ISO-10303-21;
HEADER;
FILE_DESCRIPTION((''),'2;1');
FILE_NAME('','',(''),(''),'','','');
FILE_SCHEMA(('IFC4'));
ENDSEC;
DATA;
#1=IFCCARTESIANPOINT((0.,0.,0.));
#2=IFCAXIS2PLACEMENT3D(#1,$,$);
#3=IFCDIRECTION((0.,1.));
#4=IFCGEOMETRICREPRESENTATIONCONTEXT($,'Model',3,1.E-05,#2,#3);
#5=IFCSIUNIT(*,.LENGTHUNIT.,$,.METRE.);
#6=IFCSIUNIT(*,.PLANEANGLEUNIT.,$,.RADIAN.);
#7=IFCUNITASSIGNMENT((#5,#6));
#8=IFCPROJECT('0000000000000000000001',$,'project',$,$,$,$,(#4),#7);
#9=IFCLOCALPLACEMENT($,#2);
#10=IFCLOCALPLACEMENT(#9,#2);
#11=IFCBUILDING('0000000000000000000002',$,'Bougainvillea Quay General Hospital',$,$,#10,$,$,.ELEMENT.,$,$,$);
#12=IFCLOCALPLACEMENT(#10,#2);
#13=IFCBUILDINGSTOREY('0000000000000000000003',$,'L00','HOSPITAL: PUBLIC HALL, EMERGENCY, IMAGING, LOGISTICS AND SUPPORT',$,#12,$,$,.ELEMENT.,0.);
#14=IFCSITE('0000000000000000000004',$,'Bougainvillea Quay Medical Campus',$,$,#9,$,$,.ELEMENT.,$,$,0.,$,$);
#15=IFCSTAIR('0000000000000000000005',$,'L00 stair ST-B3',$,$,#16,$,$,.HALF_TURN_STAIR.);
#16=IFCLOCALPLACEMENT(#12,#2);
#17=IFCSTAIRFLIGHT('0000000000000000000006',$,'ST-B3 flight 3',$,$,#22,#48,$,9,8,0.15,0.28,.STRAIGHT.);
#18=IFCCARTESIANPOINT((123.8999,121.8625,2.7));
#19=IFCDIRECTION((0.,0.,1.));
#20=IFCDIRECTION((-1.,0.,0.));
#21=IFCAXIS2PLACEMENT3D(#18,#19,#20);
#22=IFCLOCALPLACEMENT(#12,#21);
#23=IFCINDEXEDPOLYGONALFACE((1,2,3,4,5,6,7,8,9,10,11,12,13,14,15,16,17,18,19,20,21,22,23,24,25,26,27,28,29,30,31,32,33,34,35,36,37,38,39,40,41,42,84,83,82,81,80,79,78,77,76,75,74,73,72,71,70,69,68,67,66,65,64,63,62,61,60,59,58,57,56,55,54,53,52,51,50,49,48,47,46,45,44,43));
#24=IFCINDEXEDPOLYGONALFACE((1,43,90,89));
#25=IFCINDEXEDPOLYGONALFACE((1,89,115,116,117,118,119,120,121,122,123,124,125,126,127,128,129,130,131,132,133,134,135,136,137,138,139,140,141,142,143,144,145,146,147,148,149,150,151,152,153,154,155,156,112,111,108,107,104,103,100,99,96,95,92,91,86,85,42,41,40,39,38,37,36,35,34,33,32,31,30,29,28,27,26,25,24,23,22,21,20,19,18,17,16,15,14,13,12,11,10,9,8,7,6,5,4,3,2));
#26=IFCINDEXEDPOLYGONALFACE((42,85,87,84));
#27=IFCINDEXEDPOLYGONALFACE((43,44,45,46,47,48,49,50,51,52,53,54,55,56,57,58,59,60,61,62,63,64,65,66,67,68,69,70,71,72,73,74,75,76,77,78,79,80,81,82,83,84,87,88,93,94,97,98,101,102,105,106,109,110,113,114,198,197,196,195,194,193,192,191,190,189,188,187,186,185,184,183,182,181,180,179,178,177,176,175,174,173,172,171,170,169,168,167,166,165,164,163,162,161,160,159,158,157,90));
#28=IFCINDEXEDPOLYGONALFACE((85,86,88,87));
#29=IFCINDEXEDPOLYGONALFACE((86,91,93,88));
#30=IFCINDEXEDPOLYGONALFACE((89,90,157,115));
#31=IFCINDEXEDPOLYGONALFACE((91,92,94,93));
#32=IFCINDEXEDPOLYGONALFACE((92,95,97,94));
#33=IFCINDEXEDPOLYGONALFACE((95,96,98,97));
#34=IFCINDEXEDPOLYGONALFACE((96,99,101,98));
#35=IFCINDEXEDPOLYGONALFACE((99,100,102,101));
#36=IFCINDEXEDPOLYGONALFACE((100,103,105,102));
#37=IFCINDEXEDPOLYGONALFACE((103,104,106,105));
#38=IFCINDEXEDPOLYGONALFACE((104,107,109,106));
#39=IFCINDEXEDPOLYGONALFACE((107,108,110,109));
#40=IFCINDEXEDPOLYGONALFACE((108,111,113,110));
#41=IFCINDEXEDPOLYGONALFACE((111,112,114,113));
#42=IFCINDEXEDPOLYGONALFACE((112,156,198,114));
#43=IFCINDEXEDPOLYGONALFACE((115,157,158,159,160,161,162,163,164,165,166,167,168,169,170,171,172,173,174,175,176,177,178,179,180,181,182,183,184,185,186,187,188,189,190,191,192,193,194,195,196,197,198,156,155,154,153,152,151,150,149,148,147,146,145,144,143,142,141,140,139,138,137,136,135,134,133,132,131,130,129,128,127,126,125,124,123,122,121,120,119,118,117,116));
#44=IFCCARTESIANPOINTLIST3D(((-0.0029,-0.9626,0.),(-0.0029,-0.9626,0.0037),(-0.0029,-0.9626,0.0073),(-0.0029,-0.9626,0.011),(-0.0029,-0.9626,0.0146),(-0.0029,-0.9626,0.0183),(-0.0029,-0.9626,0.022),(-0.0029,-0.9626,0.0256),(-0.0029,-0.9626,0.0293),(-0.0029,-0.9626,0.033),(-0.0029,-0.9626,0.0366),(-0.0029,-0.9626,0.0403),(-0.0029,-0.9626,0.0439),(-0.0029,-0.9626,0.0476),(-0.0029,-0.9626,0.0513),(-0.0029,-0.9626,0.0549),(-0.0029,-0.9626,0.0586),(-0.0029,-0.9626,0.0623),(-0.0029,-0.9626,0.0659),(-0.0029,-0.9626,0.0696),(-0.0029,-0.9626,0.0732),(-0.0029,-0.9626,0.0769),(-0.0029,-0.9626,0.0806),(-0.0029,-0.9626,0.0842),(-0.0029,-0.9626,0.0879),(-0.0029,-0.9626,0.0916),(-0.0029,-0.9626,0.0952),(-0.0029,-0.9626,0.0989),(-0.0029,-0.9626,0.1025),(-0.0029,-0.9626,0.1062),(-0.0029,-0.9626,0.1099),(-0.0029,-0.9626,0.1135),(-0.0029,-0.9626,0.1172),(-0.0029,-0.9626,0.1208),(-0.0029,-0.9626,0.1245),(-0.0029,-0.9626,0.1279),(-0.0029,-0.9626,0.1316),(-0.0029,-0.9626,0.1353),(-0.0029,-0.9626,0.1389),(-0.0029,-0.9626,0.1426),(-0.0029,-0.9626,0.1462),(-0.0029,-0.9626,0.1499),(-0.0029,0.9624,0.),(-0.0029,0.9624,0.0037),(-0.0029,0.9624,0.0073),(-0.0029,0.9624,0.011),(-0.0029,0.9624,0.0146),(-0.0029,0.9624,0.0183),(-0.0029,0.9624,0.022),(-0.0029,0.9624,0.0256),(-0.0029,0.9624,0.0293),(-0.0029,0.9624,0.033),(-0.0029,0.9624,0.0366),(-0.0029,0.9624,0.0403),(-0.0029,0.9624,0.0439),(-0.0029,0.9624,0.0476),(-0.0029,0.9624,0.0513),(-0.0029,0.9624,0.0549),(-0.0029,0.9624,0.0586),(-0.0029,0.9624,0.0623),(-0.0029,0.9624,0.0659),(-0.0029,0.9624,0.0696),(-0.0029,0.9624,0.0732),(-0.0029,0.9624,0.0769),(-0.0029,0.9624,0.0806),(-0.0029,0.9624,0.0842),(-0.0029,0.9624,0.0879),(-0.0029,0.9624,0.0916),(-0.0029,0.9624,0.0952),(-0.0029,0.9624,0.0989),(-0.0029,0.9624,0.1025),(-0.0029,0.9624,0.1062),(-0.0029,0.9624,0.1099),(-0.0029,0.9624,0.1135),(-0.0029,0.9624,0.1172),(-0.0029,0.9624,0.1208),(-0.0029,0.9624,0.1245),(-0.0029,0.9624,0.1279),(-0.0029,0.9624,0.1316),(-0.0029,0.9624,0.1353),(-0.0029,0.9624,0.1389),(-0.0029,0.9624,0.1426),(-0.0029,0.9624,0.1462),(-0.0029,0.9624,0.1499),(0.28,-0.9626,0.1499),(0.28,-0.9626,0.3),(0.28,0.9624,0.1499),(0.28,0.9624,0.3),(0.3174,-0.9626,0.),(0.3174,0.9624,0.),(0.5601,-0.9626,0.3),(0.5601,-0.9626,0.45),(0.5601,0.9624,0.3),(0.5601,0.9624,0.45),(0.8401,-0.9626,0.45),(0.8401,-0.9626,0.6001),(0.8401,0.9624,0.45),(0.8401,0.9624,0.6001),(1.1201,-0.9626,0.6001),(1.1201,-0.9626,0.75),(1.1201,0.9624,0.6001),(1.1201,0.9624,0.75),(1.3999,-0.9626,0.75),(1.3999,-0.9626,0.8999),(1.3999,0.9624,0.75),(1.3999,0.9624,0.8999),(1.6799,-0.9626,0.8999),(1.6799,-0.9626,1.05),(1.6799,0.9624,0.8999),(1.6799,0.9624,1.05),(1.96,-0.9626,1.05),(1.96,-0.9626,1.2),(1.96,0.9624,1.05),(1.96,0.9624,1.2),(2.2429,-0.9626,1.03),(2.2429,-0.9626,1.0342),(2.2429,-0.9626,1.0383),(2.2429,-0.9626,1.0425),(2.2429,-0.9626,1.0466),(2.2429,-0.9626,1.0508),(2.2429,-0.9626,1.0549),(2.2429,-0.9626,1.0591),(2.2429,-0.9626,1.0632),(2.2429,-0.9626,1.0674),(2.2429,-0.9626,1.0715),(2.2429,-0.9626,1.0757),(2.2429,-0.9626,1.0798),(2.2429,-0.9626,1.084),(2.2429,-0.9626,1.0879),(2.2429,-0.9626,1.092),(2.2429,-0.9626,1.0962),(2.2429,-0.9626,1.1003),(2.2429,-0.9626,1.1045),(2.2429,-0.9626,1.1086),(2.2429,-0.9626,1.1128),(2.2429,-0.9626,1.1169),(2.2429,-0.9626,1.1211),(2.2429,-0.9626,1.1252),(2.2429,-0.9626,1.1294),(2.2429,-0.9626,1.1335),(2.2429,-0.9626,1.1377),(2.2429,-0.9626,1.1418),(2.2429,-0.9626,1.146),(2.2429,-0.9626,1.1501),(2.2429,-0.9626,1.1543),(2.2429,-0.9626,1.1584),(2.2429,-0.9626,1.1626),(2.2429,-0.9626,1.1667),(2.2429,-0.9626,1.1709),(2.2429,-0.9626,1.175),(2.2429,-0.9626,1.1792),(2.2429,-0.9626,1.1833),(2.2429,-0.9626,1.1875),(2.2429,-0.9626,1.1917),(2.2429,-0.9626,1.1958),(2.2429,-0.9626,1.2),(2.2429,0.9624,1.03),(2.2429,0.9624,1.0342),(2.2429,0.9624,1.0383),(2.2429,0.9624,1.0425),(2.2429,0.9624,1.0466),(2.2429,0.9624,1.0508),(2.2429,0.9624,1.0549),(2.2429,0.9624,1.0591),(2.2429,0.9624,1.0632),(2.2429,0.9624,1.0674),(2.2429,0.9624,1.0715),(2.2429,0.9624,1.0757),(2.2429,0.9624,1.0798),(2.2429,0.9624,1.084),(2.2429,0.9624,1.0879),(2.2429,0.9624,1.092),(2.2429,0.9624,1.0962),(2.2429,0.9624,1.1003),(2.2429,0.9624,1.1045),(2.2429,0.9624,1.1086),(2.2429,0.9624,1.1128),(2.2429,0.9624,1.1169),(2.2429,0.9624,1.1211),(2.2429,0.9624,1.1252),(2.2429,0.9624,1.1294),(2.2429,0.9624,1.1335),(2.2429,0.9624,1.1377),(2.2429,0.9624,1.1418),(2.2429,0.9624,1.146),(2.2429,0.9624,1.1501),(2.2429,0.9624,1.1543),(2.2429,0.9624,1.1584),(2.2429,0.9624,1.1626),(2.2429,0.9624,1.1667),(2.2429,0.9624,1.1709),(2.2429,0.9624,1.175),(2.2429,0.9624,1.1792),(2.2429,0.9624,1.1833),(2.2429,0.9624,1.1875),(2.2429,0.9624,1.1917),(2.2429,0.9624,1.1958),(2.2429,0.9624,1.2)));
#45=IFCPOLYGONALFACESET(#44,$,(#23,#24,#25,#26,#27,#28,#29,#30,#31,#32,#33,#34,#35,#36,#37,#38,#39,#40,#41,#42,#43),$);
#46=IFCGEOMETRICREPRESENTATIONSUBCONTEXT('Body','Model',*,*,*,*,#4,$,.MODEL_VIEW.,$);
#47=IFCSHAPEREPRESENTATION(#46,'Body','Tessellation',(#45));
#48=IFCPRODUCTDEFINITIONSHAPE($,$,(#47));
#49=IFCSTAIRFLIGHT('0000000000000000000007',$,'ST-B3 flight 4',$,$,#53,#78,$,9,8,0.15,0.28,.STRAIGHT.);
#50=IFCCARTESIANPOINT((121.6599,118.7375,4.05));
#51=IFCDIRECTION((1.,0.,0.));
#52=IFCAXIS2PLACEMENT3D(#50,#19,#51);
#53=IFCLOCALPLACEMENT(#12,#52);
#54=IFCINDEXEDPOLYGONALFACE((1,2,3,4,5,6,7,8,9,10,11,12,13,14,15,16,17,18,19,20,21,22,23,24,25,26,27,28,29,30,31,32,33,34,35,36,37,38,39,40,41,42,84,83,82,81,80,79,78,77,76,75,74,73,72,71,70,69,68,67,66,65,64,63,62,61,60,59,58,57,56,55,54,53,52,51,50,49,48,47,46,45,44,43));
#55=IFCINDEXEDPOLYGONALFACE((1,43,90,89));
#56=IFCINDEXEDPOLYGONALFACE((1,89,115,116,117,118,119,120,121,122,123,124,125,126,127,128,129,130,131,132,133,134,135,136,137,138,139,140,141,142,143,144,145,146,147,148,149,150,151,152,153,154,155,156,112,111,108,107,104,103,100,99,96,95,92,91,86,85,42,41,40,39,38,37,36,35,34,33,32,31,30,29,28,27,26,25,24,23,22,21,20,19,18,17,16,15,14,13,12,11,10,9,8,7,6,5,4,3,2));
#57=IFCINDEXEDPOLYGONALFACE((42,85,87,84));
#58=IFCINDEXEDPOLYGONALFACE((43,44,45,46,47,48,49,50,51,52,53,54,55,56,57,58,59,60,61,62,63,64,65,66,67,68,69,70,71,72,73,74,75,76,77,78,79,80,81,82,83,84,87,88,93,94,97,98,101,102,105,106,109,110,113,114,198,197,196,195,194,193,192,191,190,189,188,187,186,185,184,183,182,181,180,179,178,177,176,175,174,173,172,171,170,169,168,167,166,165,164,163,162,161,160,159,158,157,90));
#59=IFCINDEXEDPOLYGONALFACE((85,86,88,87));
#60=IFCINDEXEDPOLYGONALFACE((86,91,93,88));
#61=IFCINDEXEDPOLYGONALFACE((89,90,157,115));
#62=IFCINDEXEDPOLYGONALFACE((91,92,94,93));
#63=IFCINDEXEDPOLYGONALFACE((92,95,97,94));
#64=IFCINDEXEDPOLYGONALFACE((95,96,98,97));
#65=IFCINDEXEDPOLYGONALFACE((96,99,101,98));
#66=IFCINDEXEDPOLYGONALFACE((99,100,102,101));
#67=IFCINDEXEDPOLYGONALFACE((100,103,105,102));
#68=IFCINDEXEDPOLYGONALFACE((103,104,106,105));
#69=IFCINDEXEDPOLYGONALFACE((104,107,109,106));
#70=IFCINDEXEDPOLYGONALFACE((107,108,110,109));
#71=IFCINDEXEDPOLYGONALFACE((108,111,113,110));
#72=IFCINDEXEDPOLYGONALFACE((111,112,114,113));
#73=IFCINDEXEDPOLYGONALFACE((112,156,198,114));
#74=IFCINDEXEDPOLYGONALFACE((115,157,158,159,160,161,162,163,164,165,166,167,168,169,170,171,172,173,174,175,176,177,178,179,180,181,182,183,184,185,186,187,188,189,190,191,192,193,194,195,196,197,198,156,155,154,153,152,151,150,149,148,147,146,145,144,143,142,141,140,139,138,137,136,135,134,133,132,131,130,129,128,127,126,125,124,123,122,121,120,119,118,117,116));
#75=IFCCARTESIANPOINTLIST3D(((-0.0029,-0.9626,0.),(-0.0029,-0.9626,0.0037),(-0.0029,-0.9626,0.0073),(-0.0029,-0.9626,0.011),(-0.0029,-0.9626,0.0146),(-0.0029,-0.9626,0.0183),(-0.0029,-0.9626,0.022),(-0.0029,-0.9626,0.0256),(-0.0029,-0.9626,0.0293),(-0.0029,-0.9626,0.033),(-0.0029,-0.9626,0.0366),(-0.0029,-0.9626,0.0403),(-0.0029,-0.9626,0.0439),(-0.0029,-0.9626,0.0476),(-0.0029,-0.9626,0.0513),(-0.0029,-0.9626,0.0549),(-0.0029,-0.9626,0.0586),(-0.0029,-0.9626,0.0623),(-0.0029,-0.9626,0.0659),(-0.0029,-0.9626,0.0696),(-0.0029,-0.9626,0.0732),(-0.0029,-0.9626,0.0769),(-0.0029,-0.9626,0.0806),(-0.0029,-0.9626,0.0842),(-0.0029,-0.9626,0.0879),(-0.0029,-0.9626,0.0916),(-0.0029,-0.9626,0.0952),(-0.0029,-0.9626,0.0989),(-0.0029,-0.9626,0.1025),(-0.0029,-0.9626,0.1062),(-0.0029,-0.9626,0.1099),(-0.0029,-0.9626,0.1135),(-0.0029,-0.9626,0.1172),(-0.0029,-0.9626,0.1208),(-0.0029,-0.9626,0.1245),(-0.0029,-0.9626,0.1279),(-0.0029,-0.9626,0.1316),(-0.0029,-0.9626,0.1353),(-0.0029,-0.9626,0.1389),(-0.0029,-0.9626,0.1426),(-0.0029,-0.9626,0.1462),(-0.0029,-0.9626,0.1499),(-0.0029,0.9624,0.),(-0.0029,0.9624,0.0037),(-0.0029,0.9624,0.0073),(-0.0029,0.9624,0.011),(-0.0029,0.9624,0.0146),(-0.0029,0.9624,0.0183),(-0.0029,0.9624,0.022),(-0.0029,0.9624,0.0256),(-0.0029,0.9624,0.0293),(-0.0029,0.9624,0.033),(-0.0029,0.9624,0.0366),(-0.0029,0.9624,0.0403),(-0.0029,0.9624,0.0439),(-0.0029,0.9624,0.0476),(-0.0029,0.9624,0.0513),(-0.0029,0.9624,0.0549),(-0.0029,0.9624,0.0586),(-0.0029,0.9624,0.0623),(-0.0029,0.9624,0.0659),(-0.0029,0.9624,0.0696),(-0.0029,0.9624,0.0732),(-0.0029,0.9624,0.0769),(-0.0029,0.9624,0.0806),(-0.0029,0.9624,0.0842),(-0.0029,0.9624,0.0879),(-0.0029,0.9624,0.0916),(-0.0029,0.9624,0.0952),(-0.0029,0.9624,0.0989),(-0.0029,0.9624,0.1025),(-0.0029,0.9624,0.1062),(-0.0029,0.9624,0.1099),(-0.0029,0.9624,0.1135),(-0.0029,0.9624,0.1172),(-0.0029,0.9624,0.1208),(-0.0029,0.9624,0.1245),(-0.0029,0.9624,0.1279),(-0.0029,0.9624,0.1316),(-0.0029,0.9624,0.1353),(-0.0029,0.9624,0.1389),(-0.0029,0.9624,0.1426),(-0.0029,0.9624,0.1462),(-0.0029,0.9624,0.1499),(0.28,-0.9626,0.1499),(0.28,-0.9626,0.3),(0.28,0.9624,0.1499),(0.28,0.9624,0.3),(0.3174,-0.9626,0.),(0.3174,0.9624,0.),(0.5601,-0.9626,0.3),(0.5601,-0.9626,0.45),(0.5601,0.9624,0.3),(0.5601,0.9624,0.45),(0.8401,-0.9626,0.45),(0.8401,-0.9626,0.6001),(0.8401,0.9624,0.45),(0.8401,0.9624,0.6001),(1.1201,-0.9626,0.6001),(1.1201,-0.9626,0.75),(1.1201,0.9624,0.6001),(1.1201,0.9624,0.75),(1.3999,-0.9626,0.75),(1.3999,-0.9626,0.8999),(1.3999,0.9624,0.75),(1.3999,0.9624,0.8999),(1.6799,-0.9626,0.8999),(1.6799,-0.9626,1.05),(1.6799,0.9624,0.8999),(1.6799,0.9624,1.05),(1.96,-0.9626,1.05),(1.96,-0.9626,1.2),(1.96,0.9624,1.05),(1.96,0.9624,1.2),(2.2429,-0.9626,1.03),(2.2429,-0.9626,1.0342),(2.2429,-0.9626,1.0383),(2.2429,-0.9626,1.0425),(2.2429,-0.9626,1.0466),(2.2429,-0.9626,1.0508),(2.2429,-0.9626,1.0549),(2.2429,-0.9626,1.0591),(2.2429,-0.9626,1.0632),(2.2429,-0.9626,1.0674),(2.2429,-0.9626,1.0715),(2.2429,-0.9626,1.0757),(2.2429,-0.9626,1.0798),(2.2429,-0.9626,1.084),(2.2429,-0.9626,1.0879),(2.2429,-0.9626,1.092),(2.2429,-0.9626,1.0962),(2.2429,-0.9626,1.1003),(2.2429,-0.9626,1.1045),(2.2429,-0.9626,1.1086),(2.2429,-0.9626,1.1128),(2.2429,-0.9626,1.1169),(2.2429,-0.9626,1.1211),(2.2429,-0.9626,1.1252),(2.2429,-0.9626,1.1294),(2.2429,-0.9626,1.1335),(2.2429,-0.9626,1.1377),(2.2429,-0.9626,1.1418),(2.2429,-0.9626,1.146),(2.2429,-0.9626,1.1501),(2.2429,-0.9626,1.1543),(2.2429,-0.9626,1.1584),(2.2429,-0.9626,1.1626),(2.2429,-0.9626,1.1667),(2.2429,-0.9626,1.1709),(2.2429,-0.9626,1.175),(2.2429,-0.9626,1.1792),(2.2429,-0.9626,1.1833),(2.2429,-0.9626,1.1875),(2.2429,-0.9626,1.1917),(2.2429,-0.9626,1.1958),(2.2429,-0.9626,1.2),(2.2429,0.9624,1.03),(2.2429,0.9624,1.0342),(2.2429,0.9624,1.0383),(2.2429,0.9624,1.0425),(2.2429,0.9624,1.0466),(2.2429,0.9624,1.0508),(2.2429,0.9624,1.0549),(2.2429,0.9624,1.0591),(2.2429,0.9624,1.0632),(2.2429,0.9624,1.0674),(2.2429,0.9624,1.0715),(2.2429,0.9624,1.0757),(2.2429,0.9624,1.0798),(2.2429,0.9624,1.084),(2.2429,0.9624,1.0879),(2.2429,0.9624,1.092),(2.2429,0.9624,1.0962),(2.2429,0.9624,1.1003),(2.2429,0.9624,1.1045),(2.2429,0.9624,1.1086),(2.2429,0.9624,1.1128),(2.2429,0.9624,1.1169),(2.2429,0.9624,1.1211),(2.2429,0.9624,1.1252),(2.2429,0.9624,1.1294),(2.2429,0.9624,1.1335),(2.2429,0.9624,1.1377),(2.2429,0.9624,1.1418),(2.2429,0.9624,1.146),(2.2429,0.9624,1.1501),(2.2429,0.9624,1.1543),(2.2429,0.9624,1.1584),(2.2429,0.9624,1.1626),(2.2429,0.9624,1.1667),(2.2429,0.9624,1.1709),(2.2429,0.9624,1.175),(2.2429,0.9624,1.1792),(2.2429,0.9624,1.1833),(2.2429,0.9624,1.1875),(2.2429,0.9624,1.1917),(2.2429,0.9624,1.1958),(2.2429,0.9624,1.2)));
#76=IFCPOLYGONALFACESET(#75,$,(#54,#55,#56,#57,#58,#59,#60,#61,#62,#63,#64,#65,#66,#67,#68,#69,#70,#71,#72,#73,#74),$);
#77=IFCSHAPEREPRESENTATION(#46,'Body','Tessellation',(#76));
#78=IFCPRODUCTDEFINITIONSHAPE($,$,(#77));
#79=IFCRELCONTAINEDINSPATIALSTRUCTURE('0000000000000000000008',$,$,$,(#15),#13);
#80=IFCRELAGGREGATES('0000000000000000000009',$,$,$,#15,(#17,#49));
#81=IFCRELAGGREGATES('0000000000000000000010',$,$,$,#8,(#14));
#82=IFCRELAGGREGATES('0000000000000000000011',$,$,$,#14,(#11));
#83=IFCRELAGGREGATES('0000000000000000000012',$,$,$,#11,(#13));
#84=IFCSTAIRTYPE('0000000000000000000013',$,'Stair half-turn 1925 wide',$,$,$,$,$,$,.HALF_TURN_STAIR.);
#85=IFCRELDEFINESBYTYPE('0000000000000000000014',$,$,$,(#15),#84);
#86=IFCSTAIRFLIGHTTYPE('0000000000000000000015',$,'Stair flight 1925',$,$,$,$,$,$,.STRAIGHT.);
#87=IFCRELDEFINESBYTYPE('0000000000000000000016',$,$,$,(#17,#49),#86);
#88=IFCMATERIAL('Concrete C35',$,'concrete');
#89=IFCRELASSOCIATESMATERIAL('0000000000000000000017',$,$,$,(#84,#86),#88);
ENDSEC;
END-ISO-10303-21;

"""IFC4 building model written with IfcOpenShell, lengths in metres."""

from ifc_helpers import new_model, si_unit, direction, frame, origin, place, context, subcontext, project, spatial, polyline, outline, extrude, material, type_object, element, aggregate, save


model = new_model("IFC4")

# Units and contexts
model_context = context("Model", 3, precision=1e-05, world=origin(), true_north=direction((0.0, 1.0)))
body_context = subcontext(model_context, "Body", "Model", "MODEL_VIEW")
ifc_project = project(units=[si_unit("LENGTHUNIT", "METRE"), si_unit("PLANEANGLEUNIT", "RADIAN")], contexts=[model_context])

# Site, building, storey
site_placement = place(None, origin())
site = spatial("IfcSite", under=ifc_project, at=site_placement, Name="Bougainvillea Quay Medical Campus", CompositionType="ELEMENT", RefElevation=0.0)
building_placement = place(site_placement, origin())
building = spatial("IfcBuilding", under=site, at=building_placement, Name="Bougainvillea Quay General Hospital", CompositionType="ELEMENT")
storey_placement = place(building_placement, origin())
storey = spatial("IfcBuildingStorey", under=building, at=storey_placement, Name="L00", Description="HOSPITAL: PUBLIC HALL, EMERGENCY, IMAGING, LOGISTICS AND SUPPORT", CompositionType="ELEMENT", Elevation=0.0)

# Stair, stair flights
ifc_material_1 = material(Name="Concrete C35", Category="concrete")
stair_type = type_object("IfcStairType", Name="Stair half-turn 1925 wide", PredefinedType="HALF_TURN_STAIR", material=ifc_material_1)
stair_placement = place(storey_placement, origin())
stair = element("IfcStair", 1, at=stair_placement, inside=storey, type_object=stair_type, Name="L00 stair ST-B3", PredefinedType="HALF_TURN_STAIR")
stair_flight_type = type_object("IfcStairFlightType", Name="Stair flight 1925", PredefinedType="STRAIGHT", material=ifc_material_1)
stair_flight_1_placement = place(storey_placement, frame((123.8999, 121.8625, 2.7), z_axis=(0.0, 0.0, 1.0), x_axis=(-1.0, 0.0, 0.0)))
stair_flight_1 = element("IfcStairFlight", 2, at=stair_flight_1_placement, type_object=stair_flight_type, Name="ST-B3 flight 3", NumberOfRisers=9, NumberOfTreads=8, PredefinedType="STRAIGHT", RiserHeight=0.15, TreadLength=0.28, context=body_context, shape_type="SweptSolid", body=[
    extrude(outline(polyline([(-0.0029, 0.0), (-0.0029, 0.0037), (-0.0029, 0.0073), (-0.0029, 0.011), (-0.0029, 0.0146), (-0.0029, 0.0183), (-0.0029, 0.022), (-0.0029, 0.0256), (-0.0029, 0.0293), (-0.0029, 0.033), (-0.0029, 0.0366), (-0.0029, 0.0403), (-0.0029, 0.0439), (-0.0029, 0.0476), (-0.0029, 0.0513), (-0.0029, 0.0549), (-0.0029, 0.0586), (-0.0029, 0.0623), (-0.0029, 0.0659), (-0.0029, 0.0696), (-0.0029, 0.0732), (-0.0029, 0.0769), (-0.0029, 0.0806), (-0.0029, 0.0842), (-0.0029, 0.0879), (-0.0029, 0.0916), (-0.0029, 0.0952), (-0.0029, 0.0989), (-0.0029, 0.1025), (-0.0029, 0.1062), (-0.0029, 0.1099), (-0.0029, 0.1135), (-0.0029, 0.1172), (-0.0029, 0.1208), (-0.0029, 0.1245), (-0.0029, 0.1279), (-0.0029, 0.1316), (-0.0029, 0.1353), (-0.0029, 0.1389), (-0.0029, 0.1426), (-0.0029, 0.1462), (-0.0029, 0.1499), (0.28, 0.1499), (0.28, 0.3), (0.5601, 0.3), (0.5601, 0.45), (0.8401, 0.45), (0.8401, 0.6001), (1.1201, 0.6001), (1.1201, 0.75), (1.3999, 0.75), (1.3999, 0.8999), (1.6799, 0.8999), (1.6799, 1.05), (1.96, 1.05), (1.96, 1.2), (2.2429, 1.2), (2.2429, 1.1958), (2.2429, 1.1917), (2.2429, 1.1875), (2.2429, 1.1833), (2.2429, 1.1792), (2.2429, 1.175), (2.2429, 1.1709), (2.2429, 1.1667), (2.2429, 1.1626), (2.2429, 1.1584), (2.2429, 1.1543), (2.2429, 1.1501), (2.2429, 1.146), (2.2429, 1.1418), (2.2429, 1.1377), (2.2429, 1.1335), (2.2429, 1.1294), (2.2429, 1.1252), (2.2429, 1.1211), (2.2429, 1.1169), (2.2429, 1.1128), (2.2429, 1.1086), (2.2429, 1.1045), (2.2429, 1.1003), (2.2429, 1.0962), (2.2429, 1.092), (2.2429, 1.0879), (2.2429, 1.084), (2.2429, 1.0798), (2.2429, 1.0757), (2.2429, 1.0715), (2.2429, 1.0674), (2.2429, 1.0632), (2.2429, 1.0591), (2.2429, 1.0549), (2.2429, 1.0508), (2.2429, 1.0466), (2.2429, 1.0425), (2.2429, 1.0383), (2.2429, 1.0342), (2.2429, 1.03), (0.3174, 0.0), (-0.0029, 0.0)])), frame((0.0, 0.9624, 0.0), z_axis=(0.0, -1.0, 0.0), x_axis=(1.0, 0.0, 0.0)), (0.0, 0.0, 1.0), 1.925),
])
stair_flight_2_placement = place(storey_placement, frame((121.6599, 118.7375, 4.05), z_axis=(0.0, 0.0, 1.0), x_axis=(1.0, 0.0, 0.0)))
stair_flight_2 = element("IfcStairFlight", 3, at=stair_flight_2_placement, type_object=stair_flight_type, Name="ST-B3 flight 4", NumberOfRisers=9, NumberOfTreads=8, PredefinedType="STRAIGHT", RiserHeight=0.15, TreadLength=0.28, context=body_context, shape_type="SweptSolid", body=[
    extrude(outline(polyline([(-0.0029, 0.0), (-0.0029, 0.0037), (-0.0029, 0.0073), (-0.0029, 0.011), (-0.0029, 0.0146), (-0.0029, 0.0183), (-0.0029, 0.022), (-0.0029, 0.0256), (-0.0029, 0.0293), (-0.0029, 0.033), (-0.0029, 0.0366), (-0.0029, 0.0403), (-0.0029, 0.0439), (-0.0029, 0.0476), (-0.0029, 0.0513), (-0.0029, 0.0549), (-0.0029, 0.0586), (-0.0029, 0.0623), (-0.0029, 0.0659), (-0.0029, 0.0696), (-0.0029, 0.0732), (-0.0029, 0.0769), (-0.0029, 0.0806), (-0.0029, 0.0842), (-0.0029, 0.0879), (-0.0029, 0.0916), (-0.0029, 0.0952), (-0.0029, 0.0989), (-0.0029, 0.1025), (-0.0029, 0.1062), (-0.0029, 0.1099), (-0.0029, 0.1135), (-0.0029, 0.1172), (-0.0029, 0.1208), (-0.0029, 0.1245), (-0.0029, 0.1279), (-0.0029, 0.1316), (-0.0029, 0.1353), (-0.0029, 0.1389), (-0.0029, 0.1426), (-0.0029, 0.1462), (-0.0029, 0.1499), (0.28, 0.1499), (0.28, 0.3), (0.5601, 0.3), (0.5601, 0.45), (0.8401, 0.45), (0.8401, 0.6001), (1.1201, 0.6001), (1.1201, 0.75), (1.3999, 0.75), (1.3999, 0.8999), (1.6799, 0.8999), (1.6799, 1.05), (1.96, 1.05), (1.96, 1.2), (2.2429, 1.2), (2.2429, 1.1958), (2.2429, 1.1917), (2.2429, 1.1875), (2.2429, 1.1833), (2.2429, 1.1792), (2.2429, 1.175), (2.2429, 1.1709), (2.2429, 1.1667), (2.2429, 1.1626), (2.2429, 1.1584), (2.2429, 1.1543), (2.2429, 1.1501), (2.2429, 1.146), (2.2429, 1.1418), (2.2429, 1.1377), (2.2429, 1.1335), (2.2429, 1.1294), (2.2429, 1.1252), (2.2429, 1.1211), (2.2429, 1.1169), (2.2429, 1.1128), (2.2429, 1.1086), (2.2429, 1.1045), (2.2429, 1.1003), (2.2429, 1.0962), (2.2429, 1.092), (2.2429, 1.0879), (2.2429, 1.084), (2.2429, 1.0798), (2.2429, 1.0757), (2.2429, 1.0715), (2.2429, 1.0674), (2.2429, 1.0632), (2.2429, 1.0591), (2.2429, 1.0549), (2.2429, 1.0508), (2.2429, 1.0466), (2.2429, 1.0425), (2.2429, 1.0383), (2.2429, 1.0342), (2.2429, 1.03), (0.3174, 0.0), (-0.0029, 0.0)])), frame((0.0, 0.9624, 0.0), z_axis=(0.0, -1.0, 0.0), x_axis=(1.0, 0.0, 0.0)), (0.0, 0.0, 1.0), 1.925),
])
aggregate(stair, [stair_flight_1, stair_flight_2])

save(model, "model.ifc")
